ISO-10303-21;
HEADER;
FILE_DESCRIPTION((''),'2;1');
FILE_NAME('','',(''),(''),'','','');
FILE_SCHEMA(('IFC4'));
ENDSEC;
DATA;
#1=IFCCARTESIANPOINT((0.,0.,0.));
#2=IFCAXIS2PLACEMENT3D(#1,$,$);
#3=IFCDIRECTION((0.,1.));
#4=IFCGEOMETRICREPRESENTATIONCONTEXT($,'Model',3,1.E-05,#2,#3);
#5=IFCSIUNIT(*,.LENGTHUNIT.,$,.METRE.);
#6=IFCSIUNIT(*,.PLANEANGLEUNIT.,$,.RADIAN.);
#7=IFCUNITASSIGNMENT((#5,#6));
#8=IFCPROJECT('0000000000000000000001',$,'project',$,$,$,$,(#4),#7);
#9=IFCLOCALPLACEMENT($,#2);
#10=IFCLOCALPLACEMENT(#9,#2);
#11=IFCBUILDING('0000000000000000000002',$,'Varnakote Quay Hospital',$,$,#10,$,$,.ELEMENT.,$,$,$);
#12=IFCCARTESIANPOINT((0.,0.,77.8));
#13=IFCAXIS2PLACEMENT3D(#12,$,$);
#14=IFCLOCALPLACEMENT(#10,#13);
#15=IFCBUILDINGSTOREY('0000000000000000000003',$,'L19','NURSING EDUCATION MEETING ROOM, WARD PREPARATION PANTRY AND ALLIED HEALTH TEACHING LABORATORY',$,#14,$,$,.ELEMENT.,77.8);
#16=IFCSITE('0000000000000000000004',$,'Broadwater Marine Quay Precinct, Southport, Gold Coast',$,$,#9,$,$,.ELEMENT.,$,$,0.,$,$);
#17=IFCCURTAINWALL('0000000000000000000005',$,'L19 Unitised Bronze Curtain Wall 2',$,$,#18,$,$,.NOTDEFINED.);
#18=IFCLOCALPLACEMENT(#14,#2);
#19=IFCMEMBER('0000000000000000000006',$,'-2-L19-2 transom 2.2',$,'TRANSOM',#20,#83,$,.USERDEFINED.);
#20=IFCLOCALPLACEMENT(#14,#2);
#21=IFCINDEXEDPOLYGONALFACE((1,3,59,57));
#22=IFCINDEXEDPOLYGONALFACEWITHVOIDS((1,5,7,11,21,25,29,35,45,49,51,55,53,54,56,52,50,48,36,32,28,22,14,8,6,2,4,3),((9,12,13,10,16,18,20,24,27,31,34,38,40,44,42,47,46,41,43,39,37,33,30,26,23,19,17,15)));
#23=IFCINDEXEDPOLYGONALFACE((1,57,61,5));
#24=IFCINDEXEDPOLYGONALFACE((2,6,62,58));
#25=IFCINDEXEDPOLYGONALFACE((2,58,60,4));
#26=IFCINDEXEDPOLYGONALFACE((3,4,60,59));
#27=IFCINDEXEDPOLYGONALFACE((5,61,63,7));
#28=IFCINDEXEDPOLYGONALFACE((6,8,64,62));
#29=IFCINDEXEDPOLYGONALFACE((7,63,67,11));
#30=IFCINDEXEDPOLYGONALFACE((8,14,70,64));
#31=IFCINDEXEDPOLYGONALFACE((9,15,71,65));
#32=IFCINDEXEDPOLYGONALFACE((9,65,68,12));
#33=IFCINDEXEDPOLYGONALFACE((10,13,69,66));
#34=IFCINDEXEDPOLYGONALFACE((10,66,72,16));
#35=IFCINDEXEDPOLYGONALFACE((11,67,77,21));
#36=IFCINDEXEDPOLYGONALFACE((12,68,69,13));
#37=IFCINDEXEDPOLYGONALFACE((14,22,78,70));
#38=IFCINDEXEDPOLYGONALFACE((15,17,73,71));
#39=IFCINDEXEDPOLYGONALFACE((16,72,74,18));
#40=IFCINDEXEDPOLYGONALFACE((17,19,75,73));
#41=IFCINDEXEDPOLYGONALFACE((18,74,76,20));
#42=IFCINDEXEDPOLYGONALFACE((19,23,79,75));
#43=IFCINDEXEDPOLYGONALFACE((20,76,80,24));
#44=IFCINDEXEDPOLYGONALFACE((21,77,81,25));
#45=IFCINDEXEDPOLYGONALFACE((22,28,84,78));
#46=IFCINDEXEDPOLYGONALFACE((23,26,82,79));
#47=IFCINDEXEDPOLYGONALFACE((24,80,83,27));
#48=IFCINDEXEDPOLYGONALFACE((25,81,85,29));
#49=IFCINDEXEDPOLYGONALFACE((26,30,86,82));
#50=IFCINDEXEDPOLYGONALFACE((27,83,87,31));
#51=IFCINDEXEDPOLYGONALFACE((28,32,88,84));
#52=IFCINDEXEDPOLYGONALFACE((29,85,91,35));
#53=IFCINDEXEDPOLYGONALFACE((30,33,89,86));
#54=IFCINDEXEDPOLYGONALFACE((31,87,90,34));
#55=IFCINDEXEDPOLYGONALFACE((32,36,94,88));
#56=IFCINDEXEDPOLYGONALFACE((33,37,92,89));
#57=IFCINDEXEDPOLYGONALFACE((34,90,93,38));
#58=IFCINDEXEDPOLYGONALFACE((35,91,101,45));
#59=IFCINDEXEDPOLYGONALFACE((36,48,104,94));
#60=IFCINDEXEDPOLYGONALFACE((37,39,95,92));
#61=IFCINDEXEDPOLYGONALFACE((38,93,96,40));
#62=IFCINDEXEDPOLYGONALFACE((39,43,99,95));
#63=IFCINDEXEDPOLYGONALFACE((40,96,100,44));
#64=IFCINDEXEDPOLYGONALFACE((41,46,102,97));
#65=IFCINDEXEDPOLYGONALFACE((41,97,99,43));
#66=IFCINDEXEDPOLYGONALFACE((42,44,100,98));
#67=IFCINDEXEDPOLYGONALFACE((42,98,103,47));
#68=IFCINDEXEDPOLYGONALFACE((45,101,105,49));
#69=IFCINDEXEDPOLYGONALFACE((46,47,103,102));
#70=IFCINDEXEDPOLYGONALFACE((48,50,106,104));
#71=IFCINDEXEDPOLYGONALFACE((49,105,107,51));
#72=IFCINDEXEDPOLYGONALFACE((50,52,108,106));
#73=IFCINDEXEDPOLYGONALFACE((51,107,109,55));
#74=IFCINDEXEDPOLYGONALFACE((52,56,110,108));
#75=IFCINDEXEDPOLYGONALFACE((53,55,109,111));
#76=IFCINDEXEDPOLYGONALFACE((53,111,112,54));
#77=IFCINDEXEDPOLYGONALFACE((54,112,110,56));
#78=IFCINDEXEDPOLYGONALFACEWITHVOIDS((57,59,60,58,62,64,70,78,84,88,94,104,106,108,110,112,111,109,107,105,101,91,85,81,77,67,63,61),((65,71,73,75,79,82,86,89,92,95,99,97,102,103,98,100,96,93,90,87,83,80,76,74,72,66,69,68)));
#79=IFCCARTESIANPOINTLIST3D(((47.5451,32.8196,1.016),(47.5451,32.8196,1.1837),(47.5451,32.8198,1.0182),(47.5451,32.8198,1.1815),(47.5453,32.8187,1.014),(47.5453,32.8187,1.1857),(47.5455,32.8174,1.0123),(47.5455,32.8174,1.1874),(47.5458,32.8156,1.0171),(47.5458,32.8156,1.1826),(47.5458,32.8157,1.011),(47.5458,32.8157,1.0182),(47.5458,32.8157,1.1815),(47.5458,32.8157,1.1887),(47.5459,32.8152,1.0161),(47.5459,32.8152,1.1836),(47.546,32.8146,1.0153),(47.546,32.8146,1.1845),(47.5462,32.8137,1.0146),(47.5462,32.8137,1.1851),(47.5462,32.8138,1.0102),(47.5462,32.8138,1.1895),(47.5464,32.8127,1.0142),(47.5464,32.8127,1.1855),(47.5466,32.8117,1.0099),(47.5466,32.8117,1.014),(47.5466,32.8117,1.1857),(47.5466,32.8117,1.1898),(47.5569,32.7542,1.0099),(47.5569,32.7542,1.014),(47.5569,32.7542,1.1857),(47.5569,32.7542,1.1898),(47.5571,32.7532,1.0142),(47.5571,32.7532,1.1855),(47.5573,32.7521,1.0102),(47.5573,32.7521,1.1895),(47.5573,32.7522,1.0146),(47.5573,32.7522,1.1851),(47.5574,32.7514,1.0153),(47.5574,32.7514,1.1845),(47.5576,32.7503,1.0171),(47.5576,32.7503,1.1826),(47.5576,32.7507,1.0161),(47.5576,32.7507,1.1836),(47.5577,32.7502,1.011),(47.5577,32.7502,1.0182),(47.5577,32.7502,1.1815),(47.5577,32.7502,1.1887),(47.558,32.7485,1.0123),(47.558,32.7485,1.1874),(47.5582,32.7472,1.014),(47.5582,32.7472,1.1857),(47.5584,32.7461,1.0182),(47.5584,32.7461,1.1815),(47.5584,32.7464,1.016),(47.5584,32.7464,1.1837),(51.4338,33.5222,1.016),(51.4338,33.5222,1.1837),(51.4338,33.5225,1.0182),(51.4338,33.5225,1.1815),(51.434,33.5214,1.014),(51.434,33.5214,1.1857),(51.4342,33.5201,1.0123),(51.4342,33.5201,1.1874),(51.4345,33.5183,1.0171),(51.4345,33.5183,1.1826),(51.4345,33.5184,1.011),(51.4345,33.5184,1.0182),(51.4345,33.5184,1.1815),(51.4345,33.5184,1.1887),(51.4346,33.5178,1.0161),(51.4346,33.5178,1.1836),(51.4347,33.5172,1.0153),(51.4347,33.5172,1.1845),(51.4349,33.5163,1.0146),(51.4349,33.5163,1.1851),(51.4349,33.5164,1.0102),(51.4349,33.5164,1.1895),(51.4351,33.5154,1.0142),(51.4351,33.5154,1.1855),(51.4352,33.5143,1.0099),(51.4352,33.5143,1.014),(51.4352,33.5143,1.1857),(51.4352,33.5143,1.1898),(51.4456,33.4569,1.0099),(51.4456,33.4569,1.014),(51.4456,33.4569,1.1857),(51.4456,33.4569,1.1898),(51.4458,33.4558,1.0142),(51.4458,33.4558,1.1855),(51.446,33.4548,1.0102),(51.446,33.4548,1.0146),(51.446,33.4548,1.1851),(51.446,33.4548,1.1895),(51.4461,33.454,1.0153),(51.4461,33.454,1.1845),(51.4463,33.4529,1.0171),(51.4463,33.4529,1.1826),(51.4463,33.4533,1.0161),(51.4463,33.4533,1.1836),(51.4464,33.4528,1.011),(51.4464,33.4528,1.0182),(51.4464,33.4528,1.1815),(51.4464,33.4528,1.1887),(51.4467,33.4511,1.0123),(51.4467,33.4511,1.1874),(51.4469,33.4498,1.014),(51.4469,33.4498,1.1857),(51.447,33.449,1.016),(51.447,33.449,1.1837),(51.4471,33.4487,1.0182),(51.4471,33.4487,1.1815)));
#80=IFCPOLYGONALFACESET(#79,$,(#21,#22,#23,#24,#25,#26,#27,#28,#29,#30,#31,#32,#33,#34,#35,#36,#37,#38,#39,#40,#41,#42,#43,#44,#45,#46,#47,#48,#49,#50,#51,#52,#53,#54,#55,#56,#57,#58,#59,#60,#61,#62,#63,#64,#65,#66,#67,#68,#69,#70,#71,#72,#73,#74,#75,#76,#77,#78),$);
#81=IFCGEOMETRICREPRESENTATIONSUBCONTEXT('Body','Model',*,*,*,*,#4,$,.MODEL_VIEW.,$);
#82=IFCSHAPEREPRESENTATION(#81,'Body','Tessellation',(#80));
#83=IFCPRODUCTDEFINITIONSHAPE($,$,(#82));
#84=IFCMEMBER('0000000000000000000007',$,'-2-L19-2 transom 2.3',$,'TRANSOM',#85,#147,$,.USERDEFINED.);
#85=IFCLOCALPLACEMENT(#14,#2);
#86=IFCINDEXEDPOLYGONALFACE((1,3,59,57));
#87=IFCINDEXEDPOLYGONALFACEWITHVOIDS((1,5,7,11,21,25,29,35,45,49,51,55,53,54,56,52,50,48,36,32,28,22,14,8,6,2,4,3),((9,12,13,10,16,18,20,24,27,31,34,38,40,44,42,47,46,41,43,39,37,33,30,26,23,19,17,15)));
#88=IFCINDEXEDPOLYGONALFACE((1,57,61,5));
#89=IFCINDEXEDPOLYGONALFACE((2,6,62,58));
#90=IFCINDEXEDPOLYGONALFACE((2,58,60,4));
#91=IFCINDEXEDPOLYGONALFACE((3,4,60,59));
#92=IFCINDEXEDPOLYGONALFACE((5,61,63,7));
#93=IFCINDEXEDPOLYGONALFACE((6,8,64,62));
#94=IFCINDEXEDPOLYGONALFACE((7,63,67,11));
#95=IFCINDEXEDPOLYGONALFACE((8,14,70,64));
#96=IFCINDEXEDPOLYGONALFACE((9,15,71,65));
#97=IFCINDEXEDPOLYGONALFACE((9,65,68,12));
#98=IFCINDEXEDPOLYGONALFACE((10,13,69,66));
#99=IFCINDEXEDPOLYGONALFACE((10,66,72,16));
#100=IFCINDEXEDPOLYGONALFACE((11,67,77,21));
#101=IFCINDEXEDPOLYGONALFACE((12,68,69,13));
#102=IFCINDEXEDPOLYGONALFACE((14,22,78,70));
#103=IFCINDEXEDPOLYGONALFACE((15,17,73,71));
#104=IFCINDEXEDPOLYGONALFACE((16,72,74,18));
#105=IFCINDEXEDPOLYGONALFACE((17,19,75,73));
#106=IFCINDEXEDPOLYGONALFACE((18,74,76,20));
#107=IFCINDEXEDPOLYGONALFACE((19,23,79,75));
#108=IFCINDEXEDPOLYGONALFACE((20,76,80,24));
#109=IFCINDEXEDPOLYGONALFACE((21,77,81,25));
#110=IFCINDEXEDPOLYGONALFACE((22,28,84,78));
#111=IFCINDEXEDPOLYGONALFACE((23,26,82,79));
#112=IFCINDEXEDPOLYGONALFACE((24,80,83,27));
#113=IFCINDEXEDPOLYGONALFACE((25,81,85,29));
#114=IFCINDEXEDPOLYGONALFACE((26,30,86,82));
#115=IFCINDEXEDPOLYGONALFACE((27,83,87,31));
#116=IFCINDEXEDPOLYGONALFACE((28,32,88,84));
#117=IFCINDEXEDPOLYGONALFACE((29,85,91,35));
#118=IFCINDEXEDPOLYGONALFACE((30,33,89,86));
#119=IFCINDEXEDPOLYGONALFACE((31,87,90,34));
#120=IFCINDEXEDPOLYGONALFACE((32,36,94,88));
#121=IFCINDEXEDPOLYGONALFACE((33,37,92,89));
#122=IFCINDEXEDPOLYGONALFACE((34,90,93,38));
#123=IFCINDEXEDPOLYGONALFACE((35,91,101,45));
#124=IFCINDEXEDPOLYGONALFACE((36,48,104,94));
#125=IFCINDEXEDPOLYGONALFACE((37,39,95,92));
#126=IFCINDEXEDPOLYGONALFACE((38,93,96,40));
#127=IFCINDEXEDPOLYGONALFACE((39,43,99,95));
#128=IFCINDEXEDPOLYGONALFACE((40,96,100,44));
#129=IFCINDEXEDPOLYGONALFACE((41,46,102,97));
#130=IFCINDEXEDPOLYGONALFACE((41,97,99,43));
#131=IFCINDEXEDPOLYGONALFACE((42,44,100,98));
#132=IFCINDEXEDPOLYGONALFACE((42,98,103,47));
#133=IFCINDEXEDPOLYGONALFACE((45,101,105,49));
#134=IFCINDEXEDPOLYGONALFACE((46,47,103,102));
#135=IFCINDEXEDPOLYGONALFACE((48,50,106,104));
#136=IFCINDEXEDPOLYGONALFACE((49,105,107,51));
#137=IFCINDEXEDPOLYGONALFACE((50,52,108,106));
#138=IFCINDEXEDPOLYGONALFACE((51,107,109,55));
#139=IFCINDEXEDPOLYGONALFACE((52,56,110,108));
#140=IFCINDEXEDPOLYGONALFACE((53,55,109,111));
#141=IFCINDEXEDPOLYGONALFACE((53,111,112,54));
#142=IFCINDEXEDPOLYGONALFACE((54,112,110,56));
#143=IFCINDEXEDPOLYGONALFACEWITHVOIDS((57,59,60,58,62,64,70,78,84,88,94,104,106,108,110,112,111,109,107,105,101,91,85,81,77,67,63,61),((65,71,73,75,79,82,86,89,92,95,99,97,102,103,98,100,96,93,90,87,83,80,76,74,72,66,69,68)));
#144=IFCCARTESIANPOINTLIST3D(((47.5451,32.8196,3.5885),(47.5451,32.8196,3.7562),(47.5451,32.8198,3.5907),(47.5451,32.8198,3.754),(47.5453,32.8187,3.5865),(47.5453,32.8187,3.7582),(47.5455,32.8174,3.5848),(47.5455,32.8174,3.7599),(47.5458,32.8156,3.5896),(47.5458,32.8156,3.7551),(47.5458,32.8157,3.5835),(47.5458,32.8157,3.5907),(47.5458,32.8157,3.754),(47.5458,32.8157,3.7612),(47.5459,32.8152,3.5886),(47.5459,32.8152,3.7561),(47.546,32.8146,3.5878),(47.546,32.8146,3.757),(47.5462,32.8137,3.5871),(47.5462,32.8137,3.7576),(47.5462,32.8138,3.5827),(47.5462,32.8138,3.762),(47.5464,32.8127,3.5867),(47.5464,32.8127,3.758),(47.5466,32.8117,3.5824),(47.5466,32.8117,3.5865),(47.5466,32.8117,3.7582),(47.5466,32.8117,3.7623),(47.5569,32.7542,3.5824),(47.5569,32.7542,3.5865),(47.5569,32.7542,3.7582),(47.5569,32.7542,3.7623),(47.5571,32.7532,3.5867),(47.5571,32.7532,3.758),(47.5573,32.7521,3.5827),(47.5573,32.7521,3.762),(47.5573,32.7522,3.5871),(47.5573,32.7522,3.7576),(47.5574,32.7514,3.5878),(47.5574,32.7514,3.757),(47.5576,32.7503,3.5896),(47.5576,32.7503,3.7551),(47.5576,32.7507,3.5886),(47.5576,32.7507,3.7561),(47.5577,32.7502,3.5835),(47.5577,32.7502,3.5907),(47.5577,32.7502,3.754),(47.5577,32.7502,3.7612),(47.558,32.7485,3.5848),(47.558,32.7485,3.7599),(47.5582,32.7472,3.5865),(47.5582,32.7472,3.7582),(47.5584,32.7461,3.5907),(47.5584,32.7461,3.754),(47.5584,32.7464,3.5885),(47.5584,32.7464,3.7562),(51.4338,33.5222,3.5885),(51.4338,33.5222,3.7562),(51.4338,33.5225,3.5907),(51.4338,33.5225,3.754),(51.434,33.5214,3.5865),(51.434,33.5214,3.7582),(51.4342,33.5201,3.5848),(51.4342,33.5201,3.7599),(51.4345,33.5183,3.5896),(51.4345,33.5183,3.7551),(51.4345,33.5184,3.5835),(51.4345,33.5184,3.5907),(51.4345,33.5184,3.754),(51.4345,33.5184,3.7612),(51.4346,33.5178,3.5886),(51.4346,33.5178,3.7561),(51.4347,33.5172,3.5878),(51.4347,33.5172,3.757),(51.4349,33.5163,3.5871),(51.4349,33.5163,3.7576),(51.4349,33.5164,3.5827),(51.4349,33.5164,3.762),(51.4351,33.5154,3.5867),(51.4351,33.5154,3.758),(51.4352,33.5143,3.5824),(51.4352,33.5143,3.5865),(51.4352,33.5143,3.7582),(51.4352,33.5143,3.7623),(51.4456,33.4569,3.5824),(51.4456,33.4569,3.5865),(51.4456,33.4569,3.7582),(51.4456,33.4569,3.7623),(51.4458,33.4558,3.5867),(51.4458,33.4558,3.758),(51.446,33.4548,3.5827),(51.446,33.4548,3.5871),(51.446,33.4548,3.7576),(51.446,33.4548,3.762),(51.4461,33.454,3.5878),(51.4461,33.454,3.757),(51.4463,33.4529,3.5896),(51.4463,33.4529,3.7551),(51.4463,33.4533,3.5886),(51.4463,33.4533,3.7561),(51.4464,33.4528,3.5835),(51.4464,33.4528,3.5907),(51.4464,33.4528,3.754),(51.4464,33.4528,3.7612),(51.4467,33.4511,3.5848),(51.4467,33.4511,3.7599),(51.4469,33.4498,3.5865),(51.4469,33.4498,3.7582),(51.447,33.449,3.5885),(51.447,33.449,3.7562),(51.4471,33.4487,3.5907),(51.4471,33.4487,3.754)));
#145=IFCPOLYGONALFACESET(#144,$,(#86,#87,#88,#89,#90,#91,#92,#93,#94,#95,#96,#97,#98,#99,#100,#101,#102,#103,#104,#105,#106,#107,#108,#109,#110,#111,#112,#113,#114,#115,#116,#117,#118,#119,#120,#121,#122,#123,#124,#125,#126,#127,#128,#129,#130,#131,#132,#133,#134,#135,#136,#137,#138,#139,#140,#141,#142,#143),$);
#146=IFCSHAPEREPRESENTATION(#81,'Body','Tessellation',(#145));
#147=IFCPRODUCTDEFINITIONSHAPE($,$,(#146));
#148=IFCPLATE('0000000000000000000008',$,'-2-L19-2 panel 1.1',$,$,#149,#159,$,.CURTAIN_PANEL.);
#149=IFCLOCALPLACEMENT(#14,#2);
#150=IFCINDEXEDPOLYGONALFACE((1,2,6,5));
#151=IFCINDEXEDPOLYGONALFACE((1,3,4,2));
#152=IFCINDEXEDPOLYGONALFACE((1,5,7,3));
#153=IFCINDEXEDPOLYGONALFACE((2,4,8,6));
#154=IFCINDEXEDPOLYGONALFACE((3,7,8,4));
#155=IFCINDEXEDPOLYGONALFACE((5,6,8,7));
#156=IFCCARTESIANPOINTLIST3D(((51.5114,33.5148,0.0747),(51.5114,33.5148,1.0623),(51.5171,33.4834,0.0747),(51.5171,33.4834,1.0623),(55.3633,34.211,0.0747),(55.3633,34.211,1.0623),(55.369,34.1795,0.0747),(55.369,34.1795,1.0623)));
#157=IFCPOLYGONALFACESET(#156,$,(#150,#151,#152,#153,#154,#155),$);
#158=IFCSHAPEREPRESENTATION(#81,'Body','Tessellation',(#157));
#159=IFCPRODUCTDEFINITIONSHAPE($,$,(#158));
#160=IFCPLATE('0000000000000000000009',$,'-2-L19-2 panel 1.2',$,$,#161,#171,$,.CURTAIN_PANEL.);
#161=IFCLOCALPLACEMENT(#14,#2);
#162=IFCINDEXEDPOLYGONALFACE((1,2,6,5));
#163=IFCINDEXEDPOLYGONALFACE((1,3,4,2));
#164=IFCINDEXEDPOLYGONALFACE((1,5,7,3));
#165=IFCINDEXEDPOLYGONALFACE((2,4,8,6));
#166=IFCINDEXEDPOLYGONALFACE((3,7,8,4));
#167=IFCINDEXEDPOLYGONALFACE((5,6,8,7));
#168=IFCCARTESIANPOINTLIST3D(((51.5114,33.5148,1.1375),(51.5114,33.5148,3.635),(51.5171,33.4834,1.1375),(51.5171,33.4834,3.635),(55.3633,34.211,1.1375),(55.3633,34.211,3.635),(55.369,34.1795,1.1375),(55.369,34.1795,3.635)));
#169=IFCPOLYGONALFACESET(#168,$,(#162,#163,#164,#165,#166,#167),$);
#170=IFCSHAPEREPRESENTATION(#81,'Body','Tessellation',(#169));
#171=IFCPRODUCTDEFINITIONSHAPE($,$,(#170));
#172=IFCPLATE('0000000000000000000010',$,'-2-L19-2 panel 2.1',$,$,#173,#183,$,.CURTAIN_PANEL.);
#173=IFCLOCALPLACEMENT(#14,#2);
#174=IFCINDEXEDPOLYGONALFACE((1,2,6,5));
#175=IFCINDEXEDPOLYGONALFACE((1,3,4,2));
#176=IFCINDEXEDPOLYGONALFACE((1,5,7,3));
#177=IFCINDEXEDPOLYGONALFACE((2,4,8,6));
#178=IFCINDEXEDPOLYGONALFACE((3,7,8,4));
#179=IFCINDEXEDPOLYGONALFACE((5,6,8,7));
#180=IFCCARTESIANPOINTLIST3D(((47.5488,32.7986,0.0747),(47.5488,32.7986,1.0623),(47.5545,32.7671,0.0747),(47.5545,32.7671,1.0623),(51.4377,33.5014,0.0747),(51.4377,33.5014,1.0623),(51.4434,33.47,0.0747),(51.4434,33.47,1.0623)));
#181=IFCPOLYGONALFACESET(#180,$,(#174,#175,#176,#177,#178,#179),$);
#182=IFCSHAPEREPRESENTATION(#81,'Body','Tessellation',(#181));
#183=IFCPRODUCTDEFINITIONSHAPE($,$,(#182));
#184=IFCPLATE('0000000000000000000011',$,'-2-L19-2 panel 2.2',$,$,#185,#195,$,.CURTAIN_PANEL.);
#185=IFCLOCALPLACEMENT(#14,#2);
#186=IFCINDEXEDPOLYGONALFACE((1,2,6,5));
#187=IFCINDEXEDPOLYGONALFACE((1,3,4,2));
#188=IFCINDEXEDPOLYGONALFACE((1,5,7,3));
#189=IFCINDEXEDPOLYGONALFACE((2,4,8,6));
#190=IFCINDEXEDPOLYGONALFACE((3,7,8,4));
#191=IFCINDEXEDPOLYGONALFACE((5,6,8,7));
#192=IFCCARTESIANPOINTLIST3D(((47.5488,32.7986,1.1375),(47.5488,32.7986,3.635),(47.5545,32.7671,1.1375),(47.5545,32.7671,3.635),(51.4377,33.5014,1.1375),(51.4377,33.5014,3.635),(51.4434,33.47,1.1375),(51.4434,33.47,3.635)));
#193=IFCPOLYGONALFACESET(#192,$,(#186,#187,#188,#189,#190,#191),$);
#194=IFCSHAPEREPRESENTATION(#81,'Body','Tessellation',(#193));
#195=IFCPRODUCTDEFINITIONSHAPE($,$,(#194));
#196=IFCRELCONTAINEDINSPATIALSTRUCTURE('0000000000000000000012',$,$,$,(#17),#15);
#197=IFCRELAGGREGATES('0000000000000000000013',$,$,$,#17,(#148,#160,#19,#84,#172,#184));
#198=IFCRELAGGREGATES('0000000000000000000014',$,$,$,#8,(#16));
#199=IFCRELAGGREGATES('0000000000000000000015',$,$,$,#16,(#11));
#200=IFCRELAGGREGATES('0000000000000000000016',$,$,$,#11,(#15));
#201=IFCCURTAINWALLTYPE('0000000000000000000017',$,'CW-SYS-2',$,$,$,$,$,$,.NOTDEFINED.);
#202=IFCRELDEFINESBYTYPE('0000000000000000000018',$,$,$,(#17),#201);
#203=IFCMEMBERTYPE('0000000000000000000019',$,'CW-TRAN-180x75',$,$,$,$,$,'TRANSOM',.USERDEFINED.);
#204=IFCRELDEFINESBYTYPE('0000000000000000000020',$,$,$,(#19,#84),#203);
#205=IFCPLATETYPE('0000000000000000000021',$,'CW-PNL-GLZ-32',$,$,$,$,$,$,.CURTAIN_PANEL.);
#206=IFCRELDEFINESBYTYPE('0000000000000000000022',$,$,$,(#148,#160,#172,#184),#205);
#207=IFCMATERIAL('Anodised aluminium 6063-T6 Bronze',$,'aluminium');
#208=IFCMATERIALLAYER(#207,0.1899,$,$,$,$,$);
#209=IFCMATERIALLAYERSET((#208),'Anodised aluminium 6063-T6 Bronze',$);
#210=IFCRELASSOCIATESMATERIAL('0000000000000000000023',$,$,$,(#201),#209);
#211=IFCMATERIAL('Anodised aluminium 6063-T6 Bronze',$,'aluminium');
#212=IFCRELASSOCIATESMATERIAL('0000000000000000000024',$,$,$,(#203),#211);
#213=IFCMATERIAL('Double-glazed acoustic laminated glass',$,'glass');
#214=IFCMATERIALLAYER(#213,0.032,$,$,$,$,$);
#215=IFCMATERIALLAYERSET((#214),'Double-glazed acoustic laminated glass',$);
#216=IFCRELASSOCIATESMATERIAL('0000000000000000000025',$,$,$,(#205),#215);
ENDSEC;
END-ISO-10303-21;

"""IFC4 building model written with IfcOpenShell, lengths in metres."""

from ifc_helpers import new_model, si_unit, direction, frame, origin, origin_2d, place, context, subcontext, project, spatial, rectangle, hollow_rectangle, extrude, material, layer, layer_set, material_profile, profile_set, type_object, element, aggregate, save


model = new_model("IFC4")

# Units and contexts
model_context = context("Model", 3, precision=1e-05, world=origin(), true_north=direction((0.0, 1.0)))
body_context = subcontext(model_context, "Body", "Model", "MODEL_VIEW")
ifc_project = project(units=[si_unit("LENGTHUNIT", "METRE"), si_unit("PLANEANGLEUNIT", "RADIAN")], contexts=[model_context])

# Site, building, storey
site_placement = place(None, origin())
site = spatial("IfcSite", under=ifc_project, at=site_placement, Name="Broadwater Marine Quay Precinct, Southport, Gold Coast", CompositionType="ELEMENT", RefElevation=0.0)
building_placement = place(site_placement, origin())
building = spatial("IfcBuilding", under=site, at=building_placement, Name="Varnakote Quay Hospital", CompositionType="ELEMENT")
storey_placement = place(building_placement, frame((0.0, 0.0, 77.8)))
storey = spatial("IfcBuildingStorey", under=building, at=storey_placement, Name="L19", Description="NURSING EDUCATION MEETING ROOM, WARD PREPARATION PANTRY AND ALLIED HEALTH TEACHING LABORATORY", CompositionType="ELEMENT", Elevation=77.8)

# Shared definitions
ifc_material_1 = material(Name="Anodised aluminium 6063-T6 Bronze", Category="aluminium")
ifc_layer_1 = layer(ifc_material_1, 0.1899)
ifc_layer_set_1 = layer_set([ifc_layer_1], Name="Anodised aluminium 6063-T6 Bronze")
curtain_wall_type = type_object("IfcCurtainWallType", Name="CW-SYS-2", PredefinedType="NOTDEFINED", material=ifc_layer_set_1)

# Curtain wall, members, plates
curtain_wall_1_placement = place(storey_placement, origin())
curtain_wall_1 = element("IfcCurtainWall", 1, at=curtain_wall_1_placement, inside=storey, type_object=curtain_wall_type, Name="L19 Unitised Bronze Curtain Wall 2", PredefinedType="NOTDEFINED")
ifc_material_2 = material(Name="Anodised aluminium 6063-T6 Bronze", Category="aluminium")
ifc_material_profile_1 = material_profile(ifc_material_2, hollow_rectangle(XDim=0.075, YDim=0.1799, WallThickness=0.0042, InnerFilletRadius=0.0042, OuterFilletRadius=0.0083, at=origin_2d()), Name="CW-TRAN-180x75")
ifc_profile_set_1 = profile_set([ifc_material_profile_1], Name="Anodised aluminium 6063-T6 Bronze")
member_type_1 = type_object("IfcMemberType", Name="CW-TRAN-180x75", ElementType="TRANSOM", PredefinedType="USERDEFINED", material=ifc_profile_set_1)
member_1_placement = place(storey_placement, frame((51.4404, 33.4856, 1.0999), z_axis=(-0.984065, -0.177809, 0.0), x_axis=(0.177809, -0.984065, 0.0)))
member_1 = element("IfcMember", 2, at=member_1_placement, type_object=member_type_1, Name="-2-L19-2 transom 2.2", ObjectType="TRANSOM", PredefinedType="USERDEFINED", context=body_context, shape_type="SweptSolid", body=[
    extrude(hollow_rectangle(XDim=0.075, YDim=0.1799, WallThickness=0.0042, InnerFilletRadius=0.0042, OuterFilletRadius=0.0083, at=origin_2d()), origin(), (0.0, 0.0, 1.0), 3.9517),
])
member_2_placement = place(storey_placement, frame((51.4404, 33.4856, 3.6724), z_axis=(-0.984065, -0.177809, 0.0), x_axis=(0.177809, -0.984065, 0.0)))
member_2 = element("IfcMember", 3, at=member_2_placement, type_object=member_type_1, Name="-2-L19-2 transom 2.3", ObjectType="TRANSOM", PredefinedType="USERDEFINED", context=body_context, shape_type="SweptSolid", body=[
    extrude(hollow_rectangle(XDim=0.075, YDim=0.1799, WallThickness=0.0042, InnerFilletRadius=0.0042, OuterFilletRadius=0.0083, at=origin_2d()), origin(), (0.0, 0.0, 1.0), 3.9517),
])
ifc_material_3 = material(Name="Double-glazed acoustic laminated glass", Category="glass")
ifc_layer_2 = layer(ifc_material_3, 0.032)
ifc_layer_set_2 = layer_set([ifc_layer_2], Name="Double-glazed acoustic laminated glass")
plate_type = type_object("IfcPlateType", Name="CW-PNL-GLZ-32", PredefinedType="CURTAIN_PANEL", material=ifc_layer_set_2)
plate_1_placement = place(storey_placement, frame((53.4402, 33.8472, 0.0747), z_axis=(0.0, 0.0, 1.0), x_axis=(-0.984058, -0.177846, 0.0)))
plate_1 = element("IfcPlate", 4, at=plate_1_placement, type_object=plate_type, Name="-2-L19-2 panel 1.1", PredefinedType="CURTAIN_PANEL", context=body_context, shape_type="SweptSolid", body=[
    extrude(rectangle(XDim=3.9143, YDim=0.032, at=origin_2d()), origin(), (0.0, 0.0, 1.0), 0.9875),
])
plate_2_placement = place(storey_placement, frame((53.4402, 33.8472, 1.1375), z_axis=(0.0, 0.0, 1.0), x_axis=(-0.984058, -0.177846, 0.0)))
plate_2 = element("IfcPlate", 5, at=plate_2_placement, type_object=plate_type, Name="-2-L19-2 panel 1.2", PredefinedType="CURTAIN_PANEL", context=body_context, shape_type="SweptSolid", body=[
    extrude(rectangle(XDim=3.9143, YDim=0.032, at=origin_2d()), origin(), (0.0, 0.0, 1.0), 2.4976),
])
plate_3_placement = place(storey_placement, frame((49.4961, 33.1343, 0.0747), z_axis=(0.0, 0.0, 1.0), x_axis=(-0.984058, -0.177846, 0.0)))
plate_3 = element("IfcPlate", 6, at=plate_3_placement, type_object=plate_type, Name="-2-L19-2 panel 2.1", PredefinedType="CURTAIN_PANEL", context=body_context, shape_type="SweptSolid", body=[
    extrude(rectangle(XDim=3.9519, YDim=0.032, at=origin_2d()), origin(), (0.0, 0.0, 1.0), 0.9875),
])
plate_4_placement = place(storey_placement, frame((49.4961, 33.1343, 1.1375), z_axis=(0.0, 0.0, 1.0), x_axis=(-0.984058, -0.177846, 0.0)))
plate_4 = element("IfcPlate", 7, at=plate_4_placement, type_object=plate_type, Name="-2-L19-2 panel 2.2", PredefinedType="CURTAIN_PANEL", context=body_context, shape_type="SweptSolid", body=[
    extrude(rectangle(XDim=3.9519, YDim=0.032, at=origin_2d()), origin(), (0.0, 0.0, 1.0), 2.4976),
])
aggregate(curtain_wall_1, [plate_1, plate_2, member_1, member_2, plate_3, plate_4])

save(model, "model.ifc")
